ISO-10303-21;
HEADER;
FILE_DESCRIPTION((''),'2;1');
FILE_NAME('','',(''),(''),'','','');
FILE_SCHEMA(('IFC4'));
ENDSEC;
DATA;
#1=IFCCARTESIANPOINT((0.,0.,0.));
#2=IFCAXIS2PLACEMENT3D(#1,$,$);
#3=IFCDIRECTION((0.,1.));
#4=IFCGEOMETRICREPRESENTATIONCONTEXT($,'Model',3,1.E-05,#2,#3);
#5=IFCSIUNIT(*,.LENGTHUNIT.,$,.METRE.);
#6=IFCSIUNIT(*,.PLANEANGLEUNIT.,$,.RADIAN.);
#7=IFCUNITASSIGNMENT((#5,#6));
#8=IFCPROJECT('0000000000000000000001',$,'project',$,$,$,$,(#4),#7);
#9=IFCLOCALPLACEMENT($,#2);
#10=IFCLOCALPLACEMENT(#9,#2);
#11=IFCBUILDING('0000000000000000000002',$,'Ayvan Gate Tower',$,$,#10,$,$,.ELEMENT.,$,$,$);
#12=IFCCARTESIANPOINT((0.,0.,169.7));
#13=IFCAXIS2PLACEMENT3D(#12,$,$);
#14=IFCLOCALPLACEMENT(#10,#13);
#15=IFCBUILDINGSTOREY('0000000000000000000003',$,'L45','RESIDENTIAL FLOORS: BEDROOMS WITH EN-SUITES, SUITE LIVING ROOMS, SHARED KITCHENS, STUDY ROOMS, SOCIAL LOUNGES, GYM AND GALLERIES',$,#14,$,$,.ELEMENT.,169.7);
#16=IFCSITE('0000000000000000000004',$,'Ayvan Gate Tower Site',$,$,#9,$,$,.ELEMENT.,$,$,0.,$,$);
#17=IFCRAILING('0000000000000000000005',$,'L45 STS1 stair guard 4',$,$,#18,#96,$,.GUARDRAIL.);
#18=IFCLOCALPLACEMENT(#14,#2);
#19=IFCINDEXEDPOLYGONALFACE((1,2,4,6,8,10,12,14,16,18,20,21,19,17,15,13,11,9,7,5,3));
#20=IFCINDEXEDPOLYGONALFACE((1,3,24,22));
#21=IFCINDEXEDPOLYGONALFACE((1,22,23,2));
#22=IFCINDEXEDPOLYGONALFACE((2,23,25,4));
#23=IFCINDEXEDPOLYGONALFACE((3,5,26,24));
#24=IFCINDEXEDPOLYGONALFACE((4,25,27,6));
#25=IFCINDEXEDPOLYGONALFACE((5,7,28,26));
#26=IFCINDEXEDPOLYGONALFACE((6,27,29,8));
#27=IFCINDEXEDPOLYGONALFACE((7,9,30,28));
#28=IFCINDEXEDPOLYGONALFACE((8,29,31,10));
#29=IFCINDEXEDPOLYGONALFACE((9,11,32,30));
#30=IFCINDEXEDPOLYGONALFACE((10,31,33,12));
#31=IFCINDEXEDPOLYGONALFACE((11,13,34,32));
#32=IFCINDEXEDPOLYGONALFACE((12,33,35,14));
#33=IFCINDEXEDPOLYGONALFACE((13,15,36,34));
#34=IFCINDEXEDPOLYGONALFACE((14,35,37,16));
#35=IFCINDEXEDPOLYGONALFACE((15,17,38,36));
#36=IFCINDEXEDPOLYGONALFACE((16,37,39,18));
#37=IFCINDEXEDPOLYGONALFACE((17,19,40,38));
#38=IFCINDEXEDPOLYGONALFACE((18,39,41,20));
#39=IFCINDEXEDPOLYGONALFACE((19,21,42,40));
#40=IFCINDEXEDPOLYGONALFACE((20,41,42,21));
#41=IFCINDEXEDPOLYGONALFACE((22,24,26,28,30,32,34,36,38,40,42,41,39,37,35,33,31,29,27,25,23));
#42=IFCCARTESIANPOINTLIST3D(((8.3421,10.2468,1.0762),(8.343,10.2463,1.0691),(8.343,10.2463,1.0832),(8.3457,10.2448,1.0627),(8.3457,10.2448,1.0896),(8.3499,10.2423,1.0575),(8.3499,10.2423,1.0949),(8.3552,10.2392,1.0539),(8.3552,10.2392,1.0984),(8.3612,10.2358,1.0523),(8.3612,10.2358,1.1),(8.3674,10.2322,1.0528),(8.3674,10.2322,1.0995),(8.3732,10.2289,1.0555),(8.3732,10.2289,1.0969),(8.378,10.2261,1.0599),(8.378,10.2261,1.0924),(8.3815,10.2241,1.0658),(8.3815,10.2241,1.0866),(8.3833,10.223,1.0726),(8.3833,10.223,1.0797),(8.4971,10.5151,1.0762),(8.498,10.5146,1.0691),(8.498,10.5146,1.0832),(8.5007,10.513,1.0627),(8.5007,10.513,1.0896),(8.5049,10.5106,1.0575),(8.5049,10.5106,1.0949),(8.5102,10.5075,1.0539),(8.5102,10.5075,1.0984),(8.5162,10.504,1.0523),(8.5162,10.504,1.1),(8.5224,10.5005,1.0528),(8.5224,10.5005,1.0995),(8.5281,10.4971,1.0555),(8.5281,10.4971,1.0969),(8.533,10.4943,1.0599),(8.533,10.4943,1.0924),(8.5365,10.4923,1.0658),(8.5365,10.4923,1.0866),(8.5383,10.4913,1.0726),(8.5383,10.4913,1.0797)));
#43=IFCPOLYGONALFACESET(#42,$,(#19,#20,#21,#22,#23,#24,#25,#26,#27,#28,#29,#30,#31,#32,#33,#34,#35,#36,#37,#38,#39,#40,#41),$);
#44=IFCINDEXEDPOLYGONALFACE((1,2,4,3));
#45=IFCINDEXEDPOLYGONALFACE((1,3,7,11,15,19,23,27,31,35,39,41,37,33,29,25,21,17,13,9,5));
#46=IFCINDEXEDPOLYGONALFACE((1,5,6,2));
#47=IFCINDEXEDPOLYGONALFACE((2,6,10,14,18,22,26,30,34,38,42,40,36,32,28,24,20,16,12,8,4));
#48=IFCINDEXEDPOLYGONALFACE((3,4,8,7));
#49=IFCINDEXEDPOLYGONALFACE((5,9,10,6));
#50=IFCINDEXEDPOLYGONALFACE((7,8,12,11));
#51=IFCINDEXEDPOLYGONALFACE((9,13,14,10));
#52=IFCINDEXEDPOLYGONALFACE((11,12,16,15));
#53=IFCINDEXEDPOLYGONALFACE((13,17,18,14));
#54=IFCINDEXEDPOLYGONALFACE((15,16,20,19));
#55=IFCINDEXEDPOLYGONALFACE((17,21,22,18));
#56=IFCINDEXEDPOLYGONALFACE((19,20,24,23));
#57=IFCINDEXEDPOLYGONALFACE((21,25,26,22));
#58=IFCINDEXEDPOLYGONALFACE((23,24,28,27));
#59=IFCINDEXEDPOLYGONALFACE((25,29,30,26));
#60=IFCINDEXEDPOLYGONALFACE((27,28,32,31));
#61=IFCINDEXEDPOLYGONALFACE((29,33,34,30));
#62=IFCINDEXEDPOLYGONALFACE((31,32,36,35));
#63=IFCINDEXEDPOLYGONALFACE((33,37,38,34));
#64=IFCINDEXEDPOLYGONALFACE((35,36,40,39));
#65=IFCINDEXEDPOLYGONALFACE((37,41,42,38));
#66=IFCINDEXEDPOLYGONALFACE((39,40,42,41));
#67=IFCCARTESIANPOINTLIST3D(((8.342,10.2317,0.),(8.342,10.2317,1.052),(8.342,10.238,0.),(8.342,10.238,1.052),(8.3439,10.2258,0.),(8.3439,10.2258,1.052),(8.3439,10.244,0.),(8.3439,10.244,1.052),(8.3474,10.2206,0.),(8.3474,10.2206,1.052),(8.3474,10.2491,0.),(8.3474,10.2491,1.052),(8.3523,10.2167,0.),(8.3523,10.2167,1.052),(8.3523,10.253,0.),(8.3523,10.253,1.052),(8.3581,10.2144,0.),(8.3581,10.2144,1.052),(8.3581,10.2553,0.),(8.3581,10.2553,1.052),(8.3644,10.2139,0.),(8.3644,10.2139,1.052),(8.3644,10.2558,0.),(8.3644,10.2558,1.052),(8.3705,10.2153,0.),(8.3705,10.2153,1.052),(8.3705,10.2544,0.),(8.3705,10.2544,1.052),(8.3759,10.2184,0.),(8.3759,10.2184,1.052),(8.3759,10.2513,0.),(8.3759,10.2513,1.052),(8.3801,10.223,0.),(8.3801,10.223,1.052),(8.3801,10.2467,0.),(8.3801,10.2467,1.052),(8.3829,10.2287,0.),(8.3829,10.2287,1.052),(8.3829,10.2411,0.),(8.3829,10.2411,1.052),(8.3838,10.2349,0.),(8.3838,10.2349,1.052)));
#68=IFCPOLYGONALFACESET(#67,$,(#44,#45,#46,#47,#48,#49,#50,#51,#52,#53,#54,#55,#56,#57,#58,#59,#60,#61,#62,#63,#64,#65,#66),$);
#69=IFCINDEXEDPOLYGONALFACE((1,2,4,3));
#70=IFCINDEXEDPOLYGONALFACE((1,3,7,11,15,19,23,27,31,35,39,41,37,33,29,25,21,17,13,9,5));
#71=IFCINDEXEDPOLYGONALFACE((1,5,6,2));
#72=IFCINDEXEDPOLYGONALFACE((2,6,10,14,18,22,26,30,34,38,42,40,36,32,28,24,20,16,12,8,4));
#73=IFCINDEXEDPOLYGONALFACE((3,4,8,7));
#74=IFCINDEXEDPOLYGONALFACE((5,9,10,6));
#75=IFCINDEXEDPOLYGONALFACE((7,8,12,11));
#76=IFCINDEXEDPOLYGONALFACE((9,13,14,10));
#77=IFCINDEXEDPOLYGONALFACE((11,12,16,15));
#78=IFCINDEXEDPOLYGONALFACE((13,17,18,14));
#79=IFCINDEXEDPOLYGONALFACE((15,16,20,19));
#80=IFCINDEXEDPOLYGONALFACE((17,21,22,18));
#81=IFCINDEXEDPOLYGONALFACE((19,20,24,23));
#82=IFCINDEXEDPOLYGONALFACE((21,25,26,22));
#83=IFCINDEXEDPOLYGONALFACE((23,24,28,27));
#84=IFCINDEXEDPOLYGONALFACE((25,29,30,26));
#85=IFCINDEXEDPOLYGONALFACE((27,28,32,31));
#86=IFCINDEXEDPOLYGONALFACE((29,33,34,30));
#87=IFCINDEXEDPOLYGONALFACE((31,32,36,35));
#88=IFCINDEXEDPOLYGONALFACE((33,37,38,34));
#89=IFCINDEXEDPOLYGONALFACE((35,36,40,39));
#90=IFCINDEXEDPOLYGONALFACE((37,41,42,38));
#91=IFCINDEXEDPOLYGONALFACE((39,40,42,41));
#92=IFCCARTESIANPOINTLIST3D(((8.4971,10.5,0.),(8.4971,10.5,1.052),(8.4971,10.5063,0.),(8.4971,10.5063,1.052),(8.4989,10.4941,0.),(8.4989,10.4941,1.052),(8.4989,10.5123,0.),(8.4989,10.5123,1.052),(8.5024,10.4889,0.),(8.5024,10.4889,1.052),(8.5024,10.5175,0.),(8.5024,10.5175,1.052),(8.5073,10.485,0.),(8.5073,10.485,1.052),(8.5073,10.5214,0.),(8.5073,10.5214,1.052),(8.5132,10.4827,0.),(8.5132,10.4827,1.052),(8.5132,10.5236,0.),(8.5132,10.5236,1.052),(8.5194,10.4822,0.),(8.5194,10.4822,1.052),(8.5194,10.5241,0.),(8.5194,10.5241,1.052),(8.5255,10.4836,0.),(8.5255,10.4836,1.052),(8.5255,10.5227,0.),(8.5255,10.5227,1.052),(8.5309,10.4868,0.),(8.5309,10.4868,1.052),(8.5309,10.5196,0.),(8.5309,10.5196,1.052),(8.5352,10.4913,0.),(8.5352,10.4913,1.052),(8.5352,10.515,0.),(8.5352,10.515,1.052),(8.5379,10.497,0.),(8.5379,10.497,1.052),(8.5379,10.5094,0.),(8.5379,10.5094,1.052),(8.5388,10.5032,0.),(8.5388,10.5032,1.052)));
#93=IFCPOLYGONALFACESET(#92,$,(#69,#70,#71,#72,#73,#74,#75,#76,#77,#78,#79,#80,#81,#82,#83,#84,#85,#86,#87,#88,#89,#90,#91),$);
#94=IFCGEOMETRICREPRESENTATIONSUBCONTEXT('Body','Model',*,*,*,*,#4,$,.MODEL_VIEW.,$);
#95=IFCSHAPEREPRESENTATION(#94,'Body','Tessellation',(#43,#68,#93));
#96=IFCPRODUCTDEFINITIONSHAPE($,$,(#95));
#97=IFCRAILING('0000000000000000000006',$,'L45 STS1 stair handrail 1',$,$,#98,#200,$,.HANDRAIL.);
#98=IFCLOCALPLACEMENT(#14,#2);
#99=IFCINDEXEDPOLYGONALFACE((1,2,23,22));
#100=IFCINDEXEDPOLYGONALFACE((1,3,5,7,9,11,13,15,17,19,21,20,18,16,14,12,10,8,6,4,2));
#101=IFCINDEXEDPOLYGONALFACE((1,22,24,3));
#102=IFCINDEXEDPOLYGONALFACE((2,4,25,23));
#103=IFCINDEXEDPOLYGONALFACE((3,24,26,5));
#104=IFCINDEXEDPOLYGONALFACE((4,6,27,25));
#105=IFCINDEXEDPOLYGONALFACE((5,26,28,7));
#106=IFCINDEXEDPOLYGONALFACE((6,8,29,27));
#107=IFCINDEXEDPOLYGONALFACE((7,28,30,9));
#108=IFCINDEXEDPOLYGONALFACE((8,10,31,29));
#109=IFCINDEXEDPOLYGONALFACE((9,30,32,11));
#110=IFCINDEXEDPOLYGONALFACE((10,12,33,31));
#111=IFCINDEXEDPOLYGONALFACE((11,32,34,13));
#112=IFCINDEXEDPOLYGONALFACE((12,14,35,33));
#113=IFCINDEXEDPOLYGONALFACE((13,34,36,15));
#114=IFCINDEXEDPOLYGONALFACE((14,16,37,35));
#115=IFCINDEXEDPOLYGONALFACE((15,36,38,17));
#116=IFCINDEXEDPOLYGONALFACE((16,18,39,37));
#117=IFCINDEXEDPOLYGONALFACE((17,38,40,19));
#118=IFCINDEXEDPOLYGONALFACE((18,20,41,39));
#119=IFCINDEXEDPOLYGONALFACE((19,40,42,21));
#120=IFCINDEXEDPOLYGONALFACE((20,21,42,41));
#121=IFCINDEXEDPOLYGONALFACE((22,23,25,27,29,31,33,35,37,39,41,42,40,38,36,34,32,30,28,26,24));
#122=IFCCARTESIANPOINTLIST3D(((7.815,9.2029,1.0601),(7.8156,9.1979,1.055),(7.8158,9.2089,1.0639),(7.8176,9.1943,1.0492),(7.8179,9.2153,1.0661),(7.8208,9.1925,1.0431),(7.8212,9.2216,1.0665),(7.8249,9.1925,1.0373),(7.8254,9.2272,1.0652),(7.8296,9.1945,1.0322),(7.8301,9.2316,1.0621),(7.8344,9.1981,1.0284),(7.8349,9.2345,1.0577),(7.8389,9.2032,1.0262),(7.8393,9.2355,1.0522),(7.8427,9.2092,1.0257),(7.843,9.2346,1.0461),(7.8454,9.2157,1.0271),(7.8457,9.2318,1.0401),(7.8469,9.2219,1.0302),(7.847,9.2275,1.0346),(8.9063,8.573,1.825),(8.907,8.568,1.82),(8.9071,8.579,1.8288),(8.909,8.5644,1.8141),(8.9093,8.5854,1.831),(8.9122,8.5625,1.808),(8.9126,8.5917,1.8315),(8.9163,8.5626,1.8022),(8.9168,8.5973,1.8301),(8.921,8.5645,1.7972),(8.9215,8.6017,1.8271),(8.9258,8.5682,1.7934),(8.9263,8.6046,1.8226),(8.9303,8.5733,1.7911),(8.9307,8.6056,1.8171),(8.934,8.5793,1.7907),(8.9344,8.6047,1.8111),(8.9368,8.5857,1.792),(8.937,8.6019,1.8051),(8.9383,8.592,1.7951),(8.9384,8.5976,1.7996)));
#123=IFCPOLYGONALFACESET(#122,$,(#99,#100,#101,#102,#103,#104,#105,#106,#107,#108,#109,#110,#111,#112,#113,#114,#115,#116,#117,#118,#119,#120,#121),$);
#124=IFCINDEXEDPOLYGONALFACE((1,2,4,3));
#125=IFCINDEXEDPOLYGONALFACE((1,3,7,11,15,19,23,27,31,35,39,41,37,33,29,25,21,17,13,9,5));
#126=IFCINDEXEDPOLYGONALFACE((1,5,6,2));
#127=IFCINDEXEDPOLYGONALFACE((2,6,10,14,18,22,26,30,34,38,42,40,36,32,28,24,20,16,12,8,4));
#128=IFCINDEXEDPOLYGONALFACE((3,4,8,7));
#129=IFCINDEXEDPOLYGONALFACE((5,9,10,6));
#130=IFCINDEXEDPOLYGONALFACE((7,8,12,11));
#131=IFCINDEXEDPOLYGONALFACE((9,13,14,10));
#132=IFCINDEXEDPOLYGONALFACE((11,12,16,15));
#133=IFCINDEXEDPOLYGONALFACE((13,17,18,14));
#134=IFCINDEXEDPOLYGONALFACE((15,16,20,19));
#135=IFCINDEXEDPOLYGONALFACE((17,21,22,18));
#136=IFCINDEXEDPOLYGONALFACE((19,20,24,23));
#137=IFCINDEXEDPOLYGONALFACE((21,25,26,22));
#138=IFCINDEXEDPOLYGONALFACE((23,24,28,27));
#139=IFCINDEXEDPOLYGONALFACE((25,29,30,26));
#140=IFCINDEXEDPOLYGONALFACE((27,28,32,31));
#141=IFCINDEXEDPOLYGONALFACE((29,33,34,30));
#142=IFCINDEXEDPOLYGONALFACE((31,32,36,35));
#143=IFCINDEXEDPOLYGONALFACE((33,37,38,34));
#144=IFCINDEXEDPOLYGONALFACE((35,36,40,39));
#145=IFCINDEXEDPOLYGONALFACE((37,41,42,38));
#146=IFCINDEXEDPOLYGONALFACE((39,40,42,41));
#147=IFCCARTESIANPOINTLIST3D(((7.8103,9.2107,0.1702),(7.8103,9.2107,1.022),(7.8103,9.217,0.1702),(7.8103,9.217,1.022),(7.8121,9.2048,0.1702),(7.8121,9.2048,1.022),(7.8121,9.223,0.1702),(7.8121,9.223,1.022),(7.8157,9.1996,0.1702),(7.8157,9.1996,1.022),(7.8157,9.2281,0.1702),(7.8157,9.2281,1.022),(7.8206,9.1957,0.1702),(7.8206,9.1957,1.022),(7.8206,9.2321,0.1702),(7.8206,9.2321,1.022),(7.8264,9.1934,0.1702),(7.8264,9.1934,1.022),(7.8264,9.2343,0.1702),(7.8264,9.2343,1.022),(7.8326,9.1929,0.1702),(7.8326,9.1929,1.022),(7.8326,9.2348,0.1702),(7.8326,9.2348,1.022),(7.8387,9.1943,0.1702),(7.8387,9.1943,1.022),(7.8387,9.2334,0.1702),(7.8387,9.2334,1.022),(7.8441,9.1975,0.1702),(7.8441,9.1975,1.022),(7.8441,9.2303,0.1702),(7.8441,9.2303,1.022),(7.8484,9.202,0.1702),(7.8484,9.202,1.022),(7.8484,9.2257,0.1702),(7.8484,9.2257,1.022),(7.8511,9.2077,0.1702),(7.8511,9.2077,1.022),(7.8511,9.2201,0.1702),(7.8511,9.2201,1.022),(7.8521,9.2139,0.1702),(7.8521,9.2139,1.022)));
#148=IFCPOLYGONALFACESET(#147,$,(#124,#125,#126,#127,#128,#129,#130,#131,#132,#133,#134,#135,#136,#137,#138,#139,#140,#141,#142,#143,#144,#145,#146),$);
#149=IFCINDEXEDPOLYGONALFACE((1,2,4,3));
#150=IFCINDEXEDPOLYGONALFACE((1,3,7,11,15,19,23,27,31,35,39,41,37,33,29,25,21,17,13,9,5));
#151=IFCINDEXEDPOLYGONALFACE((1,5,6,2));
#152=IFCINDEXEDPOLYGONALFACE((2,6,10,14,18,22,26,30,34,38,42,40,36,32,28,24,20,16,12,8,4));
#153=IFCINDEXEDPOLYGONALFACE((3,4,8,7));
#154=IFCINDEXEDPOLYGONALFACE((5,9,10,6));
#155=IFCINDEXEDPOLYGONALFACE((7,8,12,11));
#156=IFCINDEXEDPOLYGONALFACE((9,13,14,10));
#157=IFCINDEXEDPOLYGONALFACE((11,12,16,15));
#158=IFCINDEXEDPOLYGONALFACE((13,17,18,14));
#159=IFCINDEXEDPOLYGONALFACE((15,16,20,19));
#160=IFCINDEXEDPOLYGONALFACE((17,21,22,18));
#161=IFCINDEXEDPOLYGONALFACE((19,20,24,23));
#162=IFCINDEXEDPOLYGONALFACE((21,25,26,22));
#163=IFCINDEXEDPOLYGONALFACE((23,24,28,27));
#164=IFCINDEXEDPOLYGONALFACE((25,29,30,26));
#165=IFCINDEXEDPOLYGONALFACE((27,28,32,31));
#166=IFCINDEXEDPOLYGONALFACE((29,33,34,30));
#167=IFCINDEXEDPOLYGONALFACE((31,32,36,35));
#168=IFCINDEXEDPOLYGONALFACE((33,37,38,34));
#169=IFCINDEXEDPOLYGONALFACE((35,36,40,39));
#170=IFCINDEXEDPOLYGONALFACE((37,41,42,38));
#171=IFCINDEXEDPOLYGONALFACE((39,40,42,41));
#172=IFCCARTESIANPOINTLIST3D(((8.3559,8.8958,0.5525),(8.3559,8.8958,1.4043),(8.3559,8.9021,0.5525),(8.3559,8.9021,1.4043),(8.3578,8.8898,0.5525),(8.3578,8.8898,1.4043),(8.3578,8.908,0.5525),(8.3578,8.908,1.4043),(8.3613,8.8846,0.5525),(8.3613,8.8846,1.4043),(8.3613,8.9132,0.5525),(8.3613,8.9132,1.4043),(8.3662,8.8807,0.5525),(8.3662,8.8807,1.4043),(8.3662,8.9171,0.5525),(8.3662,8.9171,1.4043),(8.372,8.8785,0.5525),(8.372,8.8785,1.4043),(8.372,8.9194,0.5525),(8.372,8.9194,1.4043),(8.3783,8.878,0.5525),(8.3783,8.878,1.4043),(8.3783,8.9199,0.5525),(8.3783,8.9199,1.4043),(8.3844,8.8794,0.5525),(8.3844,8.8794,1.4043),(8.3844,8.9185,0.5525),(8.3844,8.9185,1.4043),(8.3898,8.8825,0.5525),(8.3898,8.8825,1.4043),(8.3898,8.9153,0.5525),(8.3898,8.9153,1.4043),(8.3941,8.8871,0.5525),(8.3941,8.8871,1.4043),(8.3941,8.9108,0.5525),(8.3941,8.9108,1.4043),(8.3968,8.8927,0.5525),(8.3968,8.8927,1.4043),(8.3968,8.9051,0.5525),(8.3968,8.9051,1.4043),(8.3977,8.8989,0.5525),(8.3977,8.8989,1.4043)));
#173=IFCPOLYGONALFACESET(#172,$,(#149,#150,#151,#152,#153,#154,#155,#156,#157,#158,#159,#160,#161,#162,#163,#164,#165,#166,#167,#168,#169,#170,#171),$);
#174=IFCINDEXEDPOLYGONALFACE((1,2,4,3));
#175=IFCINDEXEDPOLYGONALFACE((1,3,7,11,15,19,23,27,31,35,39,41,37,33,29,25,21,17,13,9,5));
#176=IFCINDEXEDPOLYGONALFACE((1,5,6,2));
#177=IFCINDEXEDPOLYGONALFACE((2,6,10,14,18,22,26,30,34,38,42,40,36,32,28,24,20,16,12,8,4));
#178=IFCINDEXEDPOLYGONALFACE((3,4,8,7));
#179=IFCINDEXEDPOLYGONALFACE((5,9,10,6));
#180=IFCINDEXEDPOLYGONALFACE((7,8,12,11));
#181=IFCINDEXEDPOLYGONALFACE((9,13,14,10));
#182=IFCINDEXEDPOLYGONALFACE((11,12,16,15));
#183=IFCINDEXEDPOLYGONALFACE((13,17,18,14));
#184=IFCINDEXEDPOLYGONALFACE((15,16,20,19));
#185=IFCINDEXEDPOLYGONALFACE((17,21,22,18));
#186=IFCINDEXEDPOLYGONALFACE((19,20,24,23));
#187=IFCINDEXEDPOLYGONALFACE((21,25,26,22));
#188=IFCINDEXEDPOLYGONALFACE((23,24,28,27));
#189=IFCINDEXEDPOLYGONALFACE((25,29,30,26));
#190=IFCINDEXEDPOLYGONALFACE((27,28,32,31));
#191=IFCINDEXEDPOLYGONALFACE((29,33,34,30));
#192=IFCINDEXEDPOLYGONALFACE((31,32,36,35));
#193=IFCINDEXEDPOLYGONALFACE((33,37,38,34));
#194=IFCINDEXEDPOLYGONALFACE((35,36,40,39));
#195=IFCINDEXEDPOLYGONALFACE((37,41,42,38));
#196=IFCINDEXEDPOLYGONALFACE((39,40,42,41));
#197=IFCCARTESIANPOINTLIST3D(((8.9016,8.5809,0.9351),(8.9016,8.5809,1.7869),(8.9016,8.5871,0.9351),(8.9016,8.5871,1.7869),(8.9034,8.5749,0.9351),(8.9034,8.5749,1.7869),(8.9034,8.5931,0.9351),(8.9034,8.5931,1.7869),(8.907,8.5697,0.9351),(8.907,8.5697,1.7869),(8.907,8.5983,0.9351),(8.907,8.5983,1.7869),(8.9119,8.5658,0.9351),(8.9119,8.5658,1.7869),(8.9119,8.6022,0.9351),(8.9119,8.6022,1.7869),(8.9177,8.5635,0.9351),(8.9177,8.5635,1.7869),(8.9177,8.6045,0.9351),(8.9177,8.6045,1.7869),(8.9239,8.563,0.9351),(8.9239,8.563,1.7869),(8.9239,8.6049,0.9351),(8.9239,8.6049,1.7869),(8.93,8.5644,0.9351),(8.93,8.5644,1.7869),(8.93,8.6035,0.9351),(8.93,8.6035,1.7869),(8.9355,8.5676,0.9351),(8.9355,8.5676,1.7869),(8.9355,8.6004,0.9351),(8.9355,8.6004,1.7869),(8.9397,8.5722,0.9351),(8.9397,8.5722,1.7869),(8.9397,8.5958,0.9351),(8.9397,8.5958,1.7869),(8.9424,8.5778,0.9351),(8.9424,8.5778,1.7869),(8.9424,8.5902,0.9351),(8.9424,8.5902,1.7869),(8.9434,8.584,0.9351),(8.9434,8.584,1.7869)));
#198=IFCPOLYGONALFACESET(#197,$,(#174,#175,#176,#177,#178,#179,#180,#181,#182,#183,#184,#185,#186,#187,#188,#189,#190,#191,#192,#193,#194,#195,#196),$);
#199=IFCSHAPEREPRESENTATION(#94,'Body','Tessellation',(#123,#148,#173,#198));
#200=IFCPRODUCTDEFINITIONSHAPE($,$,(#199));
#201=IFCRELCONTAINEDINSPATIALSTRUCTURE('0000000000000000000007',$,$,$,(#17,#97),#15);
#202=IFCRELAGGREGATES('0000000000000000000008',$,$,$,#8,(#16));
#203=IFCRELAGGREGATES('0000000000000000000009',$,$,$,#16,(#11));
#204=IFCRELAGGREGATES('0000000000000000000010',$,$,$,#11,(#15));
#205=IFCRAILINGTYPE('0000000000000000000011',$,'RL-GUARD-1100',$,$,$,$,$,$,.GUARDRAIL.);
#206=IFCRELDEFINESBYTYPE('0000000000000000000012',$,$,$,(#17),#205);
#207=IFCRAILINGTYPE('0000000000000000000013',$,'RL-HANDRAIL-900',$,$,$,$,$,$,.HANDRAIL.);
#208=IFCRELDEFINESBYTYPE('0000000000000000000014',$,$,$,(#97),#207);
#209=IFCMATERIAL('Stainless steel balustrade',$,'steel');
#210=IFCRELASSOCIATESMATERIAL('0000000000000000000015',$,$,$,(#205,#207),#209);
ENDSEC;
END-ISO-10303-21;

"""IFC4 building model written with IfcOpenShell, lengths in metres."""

from ifc_helpers import new_model, si_unit, direction, frame, origin, origin_2d, place, context, subcontext, project, spatial, circle, extrude, material, type_object, element, save


model = new_model("IFC4")

# Units and contexts
model_context = context("Model", 3, precision=1e-05, world=origin(), true_north=direction((0.0, 1.0)))
body_context = subcontext(model_context, "Body", "Model", "MODEL_VIEW")
ifc_project = project(units=[si_unit("LENGTHUNIT", "METRE"), si_unit("PLANEANGLEUNIT", "RADIAN")], contexts=[model_context])

# Site, building, storey
site_placement = place(None, origin())
site = spatial("IfcSite", under=ifc_project, at=site_placement, Name="Ayvan Gate Tower Site", CompositionType="ELEMENT", RefElevation=0.0)
building_placement = place(site_placement, origin())
building = spatial("IfcBuilding", under=site, at=building_placement, Name="Ayvan Gate Tower", CompositionType="ELEMENT")
storey_placement = place(building_placement, frame((0.0, 0.0, 169.7)))
storey = spatial("IfcBuildingStorey", under=building, at=storey_placement, Name="L45", Description="RESIDENTIAL FLOORS: BEDROOMS WITH EN-SUITES, SUITE LIVING ROOMS, SHARED KITCHENS, STUDY ROOMS, SOCIAL LOUNGES, GYM AND GALLERIES", CompositionType="ELEMENT", Elevation=169.7)

# Railings
ifc_material_1 = material(Name="Stainless steel balustrade", Category="steel")
railing_type_1 = type_object("IfcRailingType", Name="RL-GUARD-1100", PredefinedType="GUARDRAIL", material=ifc_material_1)
railing_1_placement = place(storey_placement, frame((8.3628, 10.2349, 0.0)))
element("IfcRailing", 1, at=railing_1_placement, inside=storey, type_object=railing_type_1, Name="L45 STS1 stair guard 4", PredefinedType="GUARDRAIL", context=body_context, shape_type="SweptSolid", body=[
    extrude(circle(Radius=0.0239, at=origin_2d()), frame((0.0, 0.0, 1.0762), z_axis=(0.500291, 0.865857, 0.0), x_axis=(-0.865857, 0.500291, 0.0)), (0.0, 0.0, 1.0), 0.3098),
    extrude(circle(Radius=0.021, at=origin_2d()), origin(), (0.0, 0.0, 1.0), 1.052),
    extrude(circle(Radius=0.021, at=origin_2d()), frame((0.155, 0.2683, 0.0)), (0.0, 0.0, 1.0), 1.052),
])
railing_type_2 = type_object("IfcRailingType", Name="RL-HANDRAIL-900", PredefinedType="HANDRAIL", material=ifc_material_1)
railing_2_placement = place(storey_placement, frame((7.8311, 9.2139, 0.1702)))
element("IfcRailing", 2, at=railing_2_placement, inside=storey, type_object=railing_type_2, Name="L45 STS1 stair handrail 1", PredefinedType="HANDRAIL", context=body_context, shape_type="SweptSolid", body=[
    extrude(circle(Radius=0.0239, at=origin_2d()), frame((0.0, 0.0, 0.876), z_axis=(0.740357, -0.42732, 0.518912), x_axis=(0.49989, 0.866089, 0.0)), (0.0, 0.0, 1.0), 1.4741),
    extrude(circle(Radius=0.021, at=origin_2d()), origin(), (0.0, 0.0, 1.0), 0.8518),
    extrude(circle(Radius=0.021, at=origin_2d()), frame((0.5457, -0.3149, 0.3823)), (0.0, 0.0, 1.0), 0.8518),
    extrude(circle(Radius=0.021, at=origin_2d()), frame((1.0913, -0.6299, 0.7649)), (0.0, 0.0, 1.0), 0.8518),
])

save(model, "model.ifc")
